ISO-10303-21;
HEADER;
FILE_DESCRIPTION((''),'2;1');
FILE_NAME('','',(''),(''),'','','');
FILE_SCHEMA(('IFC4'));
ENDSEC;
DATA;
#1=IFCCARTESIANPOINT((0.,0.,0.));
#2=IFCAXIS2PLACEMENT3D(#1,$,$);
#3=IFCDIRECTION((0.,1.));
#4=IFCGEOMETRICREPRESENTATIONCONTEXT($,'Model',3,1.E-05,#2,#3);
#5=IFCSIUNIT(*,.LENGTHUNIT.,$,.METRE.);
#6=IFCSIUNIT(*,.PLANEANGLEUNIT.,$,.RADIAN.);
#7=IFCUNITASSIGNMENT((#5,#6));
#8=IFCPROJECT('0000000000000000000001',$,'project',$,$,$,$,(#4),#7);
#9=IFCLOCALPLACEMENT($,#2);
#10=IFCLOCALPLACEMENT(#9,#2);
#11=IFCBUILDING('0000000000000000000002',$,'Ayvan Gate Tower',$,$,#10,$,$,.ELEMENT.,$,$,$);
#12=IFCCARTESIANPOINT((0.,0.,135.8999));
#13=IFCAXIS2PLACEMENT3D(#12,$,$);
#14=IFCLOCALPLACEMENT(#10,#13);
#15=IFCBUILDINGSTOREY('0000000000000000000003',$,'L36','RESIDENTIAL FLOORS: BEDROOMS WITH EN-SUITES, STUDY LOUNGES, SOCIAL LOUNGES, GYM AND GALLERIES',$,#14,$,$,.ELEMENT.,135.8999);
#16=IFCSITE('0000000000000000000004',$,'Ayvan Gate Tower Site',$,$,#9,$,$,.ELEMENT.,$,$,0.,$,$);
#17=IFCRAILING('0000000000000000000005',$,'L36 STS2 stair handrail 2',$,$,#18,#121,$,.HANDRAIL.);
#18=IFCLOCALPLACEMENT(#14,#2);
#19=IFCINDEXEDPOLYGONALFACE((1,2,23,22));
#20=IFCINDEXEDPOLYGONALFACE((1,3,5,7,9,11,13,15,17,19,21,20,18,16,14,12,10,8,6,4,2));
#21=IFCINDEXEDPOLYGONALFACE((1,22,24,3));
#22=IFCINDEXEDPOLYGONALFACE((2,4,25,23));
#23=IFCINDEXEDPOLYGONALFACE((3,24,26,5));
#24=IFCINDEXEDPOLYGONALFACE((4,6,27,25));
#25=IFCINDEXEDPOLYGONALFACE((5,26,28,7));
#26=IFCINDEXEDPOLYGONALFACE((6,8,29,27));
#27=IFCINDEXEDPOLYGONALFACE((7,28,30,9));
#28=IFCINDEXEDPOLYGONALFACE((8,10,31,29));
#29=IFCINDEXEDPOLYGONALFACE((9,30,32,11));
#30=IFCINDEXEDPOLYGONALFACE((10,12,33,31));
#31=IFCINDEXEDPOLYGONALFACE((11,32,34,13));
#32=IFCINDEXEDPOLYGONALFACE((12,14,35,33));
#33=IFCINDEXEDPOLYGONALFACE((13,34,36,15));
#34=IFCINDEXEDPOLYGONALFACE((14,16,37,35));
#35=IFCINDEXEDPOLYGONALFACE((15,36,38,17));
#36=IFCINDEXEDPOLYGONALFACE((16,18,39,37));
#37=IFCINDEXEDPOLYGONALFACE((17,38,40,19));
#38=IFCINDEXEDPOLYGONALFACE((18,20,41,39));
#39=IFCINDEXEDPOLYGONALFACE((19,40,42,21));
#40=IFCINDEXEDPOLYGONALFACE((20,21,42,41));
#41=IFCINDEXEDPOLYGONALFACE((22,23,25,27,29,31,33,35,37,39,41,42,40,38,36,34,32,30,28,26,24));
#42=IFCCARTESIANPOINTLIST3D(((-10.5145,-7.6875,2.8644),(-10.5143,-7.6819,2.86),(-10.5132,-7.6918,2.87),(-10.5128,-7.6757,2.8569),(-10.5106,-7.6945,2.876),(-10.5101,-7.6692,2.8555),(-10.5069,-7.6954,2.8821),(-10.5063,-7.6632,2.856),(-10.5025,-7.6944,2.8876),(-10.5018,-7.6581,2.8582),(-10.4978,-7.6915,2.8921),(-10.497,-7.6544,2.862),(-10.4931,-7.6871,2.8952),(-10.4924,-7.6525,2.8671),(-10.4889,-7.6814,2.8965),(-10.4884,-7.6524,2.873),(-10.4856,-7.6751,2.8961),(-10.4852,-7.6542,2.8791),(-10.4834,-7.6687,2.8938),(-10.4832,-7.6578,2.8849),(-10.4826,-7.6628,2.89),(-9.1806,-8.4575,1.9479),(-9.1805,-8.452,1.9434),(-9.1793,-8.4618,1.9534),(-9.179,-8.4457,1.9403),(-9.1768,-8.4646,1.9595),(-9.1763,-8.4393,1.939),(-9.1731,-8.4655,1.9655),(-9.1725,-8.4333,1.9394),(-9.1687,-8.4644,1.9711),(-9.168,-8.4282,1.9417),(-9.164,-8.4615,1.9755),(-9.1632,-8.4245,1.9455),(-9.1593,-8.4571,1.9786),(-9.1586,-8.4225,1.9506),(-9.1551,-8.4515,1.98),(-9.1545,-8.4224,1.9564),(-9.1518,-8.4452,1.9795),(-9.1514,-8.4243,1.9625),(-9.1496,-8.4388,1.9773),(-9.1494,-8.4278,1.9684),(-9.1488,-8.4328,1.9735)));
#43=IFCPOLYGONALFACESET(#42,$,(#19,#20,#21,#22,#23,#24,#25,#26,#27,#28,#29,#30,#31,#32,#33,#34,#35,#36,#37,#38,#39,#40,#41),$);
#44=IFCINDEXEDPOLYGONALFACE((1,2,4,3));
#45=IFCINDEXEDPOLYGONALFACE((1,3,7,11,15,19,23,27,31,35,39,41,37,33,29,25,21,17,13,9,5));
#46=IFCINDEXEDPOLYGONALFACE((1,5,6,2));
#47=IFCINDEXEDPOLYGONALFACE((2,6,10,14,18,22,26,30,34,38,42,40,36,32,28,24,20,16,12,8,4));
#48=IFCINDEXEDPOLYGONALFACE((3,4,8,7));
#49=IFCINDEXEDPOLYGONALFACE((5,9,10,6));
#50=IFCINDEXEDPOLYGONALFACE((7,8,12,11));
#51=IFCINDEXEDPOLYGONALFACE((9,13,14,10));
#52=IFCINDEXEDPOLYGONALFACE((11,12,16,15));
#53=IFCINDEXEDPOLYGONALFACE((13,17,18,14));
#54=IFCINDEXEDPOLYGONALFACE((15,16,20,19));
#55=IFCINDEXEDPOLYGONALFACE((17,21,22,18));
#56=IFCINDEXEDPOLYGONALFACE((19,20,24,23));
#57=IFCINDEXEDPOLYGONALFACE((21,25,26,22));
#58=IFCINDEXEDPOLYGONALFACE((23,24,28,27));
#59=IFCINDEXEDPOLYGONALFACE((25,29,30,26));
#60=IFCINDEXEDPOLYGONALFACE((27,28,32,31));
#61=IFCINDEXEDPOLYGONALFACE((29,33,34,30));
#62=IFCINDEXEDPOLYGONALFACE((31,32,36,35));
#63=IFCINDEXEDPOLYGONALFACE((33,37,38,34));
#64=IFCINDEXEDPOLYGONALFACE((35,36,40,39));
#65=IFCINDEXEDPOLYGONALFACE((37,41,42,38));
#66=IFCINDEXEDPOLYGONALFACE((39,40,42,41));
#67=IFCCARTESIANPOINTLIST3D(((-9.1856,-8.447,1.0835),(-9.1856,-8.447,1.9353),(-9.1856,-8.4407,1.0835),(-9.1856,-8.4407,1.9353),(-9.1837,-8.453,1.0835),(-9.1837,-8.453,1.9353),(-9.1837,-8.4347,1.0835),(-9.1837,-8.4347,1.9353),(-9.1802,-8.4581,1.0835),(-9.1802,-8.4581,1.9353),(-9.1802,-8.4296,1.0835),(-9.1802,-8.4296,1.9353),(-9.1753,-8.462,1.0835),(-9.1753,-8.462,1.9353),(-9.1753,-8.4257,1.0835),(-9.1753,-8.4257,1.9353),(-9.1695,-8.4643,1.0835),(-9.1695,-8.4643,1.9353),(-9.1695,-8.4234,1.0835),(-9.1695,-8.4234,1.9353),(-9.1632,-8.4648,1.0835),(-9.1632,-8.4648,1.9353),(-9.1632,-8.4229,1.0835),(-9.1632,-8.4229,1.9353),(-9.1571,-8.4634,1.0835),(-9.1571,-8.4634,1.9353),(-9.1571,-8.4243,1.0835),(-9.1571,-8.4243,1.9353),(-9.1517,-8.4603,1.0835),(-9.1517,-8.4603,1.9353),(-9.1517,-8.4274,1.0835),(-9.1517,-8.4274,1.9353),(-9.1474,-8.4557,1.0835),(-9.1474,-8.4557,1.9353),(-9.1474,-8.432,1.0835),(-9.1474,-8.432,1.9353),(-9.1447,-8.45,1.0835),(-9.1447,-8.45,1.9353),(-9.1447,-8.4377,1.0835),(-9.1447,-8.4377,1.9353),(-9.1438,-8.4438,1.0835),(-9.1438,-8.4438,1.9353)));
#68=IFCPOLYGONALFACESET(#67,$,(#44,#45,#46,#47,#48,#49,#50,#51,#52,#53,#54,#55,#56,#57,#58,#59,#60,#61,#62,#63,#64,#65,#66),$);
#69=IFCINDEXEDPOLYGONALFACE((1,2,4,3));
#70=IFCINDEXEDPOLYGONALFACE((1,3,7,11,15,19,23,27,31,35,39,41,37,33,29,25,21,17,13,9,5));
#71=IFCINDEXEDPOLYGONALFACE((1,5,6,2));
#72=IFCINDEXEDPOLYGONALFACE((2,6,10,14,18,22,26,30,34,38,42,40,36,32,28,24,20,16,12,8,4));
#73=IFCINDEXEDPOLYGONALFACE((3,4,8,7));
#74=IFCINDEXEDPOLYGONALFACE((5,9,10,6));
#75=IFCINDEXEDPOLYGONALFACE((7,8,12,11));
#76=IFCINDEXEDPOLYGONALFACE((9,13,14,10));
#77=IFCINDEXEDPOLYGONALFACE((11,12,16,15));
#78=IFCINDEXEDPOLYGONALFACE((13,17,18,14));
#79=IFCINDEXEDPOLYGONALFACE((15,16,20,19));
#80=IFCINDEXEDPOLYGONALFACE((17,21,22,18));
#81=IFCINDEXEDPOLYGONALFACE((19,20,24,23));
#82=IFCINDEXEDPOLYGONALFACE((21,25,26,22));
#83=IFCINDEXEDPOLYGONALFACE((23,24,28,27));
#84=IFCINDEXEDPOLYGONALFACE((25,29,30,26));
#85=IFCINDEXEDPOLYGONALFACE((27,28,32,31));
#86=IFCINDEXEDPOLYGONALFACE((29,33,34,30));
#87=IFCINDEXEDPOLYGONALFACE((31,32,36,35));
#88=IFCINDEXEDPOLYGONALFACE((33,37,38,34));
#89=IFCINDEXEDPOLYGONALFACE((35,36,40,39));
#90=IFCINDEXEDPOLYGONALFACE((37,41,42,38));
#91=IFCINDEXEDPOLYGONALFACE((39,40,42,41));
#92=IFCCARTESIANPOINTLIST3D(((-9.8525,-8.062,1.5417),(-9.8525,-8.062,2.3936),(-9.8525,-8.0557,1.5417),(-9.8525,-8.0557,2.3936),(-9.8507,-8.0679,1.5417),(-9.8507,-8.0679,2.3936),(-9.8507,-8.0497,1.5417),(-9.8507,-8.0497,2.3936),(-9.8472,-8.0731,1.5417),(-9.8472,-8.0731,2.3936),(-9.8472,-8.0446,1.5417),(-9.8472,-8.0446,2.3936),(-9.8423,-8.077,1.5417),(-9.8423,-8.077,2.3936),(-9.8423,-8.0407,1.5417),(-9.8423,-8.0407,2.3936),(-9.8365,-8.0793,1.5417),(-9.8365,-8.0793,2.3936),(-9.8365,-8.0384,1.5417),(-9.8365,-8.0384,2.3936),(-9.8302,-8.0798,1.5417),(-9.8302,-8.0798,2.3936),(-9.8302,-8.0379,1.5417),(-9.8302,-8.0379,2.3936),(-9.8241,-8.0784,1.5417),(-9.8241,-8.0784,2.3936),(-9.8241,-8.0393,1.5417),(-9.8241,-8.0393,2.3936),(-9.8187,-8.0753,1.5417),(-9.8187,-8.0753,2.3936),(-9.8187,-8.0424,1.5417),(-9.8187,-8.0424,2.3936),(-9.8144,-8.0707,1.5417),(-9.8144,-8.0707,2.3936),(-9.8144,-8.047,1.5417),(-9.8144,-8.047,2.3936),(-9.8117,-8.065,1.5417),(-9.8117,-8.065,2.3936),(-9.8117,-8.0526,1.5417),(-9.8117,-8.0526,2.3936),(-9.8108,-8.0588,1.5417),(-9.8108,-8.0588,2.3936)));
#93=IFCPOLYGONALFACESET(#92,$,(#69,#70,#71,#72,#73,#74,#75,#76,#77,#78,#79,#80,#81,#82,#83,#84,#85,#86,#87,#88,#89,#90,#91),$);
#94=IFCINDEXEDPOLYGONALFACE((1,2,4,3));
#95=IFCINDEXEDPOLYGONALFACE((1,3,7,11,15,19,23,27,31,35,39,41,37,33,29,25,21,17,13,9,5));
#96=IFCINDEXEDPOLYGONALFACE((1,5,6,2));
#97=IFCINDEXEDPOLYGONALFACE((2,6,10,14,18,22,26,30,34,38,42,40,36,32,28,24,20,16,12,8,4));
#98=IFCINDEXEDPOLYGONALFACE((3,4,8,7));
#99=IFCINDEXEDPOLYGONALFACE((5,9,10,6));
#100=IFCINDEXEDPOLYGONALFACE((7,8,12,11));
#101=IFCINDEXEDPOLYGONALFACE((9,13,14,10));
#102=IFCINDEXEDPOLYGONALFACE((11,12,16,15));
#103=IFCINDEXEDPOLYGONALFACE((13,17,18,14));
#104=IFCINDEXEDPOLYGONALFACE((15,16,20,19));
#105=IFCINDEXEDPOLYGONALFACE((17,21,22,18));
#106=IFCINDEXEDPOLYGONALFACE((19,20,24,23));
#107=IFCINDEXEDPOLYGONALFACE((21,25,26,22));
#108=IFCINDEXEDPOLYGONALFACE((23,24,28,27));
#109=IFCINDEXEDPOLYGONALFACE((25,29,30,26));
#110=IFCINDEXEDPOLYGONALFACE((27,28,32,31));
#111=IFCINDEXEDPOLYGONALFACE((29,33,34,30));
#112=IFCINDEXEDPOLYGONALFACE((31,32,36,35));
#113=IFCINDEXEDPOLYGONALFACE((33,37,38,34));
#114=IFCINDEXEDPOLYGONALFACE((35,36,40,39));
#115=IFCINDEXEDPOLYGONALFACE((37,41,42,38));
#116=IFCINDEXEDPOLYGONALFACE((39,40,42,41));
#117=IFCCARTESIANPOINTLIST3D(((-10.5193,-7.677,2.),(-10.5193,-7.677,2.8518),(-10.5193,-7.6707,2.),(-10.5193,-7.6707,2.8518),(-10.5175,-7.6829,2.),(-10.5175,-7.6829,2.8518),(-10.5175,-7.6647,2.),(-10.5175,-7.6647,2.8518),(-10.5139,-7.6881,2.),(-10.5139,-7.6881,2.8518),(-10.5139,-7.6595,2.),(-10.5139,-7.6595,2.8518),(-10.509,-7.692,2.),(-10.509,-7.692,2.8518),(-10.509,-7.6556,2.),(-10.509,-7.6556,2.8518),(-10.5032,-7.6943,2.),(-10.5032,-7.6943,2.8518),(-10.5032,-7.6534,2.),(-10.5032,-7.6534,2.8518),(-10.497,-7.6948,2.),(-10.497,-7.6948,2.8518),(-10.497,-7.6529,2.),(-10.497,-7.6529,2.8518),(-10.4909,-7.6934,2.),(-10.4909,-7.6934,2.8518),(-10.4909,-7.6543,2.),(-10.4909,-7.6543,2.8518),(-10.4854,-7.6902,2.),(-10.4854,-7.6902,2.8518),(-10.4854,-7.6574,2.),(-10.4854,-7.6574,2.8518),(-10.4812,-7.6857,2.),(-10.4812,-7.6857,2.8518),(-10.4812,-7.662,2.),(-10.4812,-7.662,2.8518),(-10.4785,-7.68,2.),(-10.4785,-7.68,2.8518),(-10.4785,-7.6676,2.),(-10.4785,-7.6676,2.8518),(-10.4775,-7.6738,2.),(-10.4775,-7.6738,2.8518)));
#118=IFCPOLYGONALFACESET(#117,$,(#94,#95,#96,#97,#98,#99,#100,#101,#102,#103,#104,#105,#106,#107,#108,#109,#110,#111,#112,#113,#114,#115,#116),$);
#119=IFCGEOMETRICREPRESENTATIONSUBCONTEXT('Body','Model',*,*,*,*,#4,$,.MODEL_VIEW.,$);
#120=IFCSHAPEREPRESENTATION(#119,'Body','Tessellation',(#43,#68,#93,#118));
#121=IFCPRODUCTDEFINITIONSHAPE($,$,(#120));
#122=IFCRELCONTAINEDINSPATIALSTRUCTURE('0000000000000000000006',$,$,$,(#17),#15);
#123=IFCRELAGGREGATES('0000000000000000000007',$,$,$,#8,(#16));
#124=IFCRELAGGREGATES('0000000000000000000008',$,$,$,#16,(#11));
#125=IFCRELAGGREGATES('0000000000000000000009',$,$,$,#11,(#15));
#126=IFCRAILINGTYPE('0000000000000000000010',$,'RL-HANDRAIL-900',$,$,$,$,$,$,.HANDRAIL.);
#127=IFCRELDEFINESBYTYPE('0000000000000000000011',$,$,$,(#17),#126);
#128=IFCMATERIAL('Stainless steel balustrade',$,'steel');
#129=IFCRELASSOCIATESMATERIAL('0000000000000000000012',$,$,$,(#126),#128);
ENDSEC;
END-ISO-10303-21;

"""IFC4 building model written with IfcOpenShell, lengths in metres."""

from ifc_helpers import new_model, si_unit, direction, frame, origin, origin_2d, place, context, subcontext, project, spatial, circle, extrude, material, type_object, element, save


model = new_model("IFC4")

# Units and contexts
model_context = context("Model", 3, precision=1e-05, world=origin(), true_north=direction((0.0, 1.0)))
body_context = subcontext(model_context, "Body", "Model", "MODEL_VIEW")
ifc_project = project(units=[si_unit("LENGTHUNIT", "METRE"), si_unit("PLANEANGLEUNIT", "RADIAN")], contexts=[model_context])

# Site, building, storey
site_placement = place(None, origin())
site = spatial("IfcSite", under=ifc_project, at=site_placement, Name="Ayvan Gate Tower Site", CompositionType="ELEMENT", RefElevation=0.0)
building_placement = place(site_placement, origin())
building = spatial("IfcBuilding", under=site, at=building_placement, Name="Ayvan Gate Tower", CompositionType="ELEMENT")
storey_placement = place(building_placement, frame((0.0, 0.0, 135.8999)))
storey = spatial("IfcBuildingStorey", under=building, at=storey_placement, Name="L36", Description="RESIDENTIAL FLOORS: BEDROOMS WITH EN-SUITES, STUDY LOUNGES, SOCIAL LOUNGES, GYM AND GALLERIES", CompositionType="ELEMENT", Elevation=135.8999)

# Railing
ifc_material_1 = material(Name="Stainless steel balustrade", Category="steel")
railing_type_1 = type_object("IfcRailingType", Name="RL-HANDRAIL-900", PredefinedType="HANDRAIL", material=ifc_material_1)
railing_1_placement = place(storey_placement, frame((-9.1648, -8.4438, 1.0835)))
element("IfcRailing", 1, at=railing_1_placement, inside=storey, type_object=railing_type_1, Name="L36 STS2 stair handrail 2", PredefinedType="HANDRAIL", context=body_context, shape_type="SweptSolid", body=[
    extrude(circle(Radius=0.0239, at=origin_2d()), frame((0.0, 0.0, 0.876), z_axis=(-0.744216, 0.429664, 0.511401), x_axis=(-0.499992, -0.86603, 0.0)), (0.0, 0.0, 1.0), 1.7922),
    extrude(circle(Radius=0.021, at=origin_2d()), origin(), (0.0, 0.0, 1.0), 0.8518),
    extrude(circle(Radius=0.021, at=origin_2d()), frame((-0.667, 0.385, 0.4583)), (0.0, 0.0, 1.0), 0.8518),
    extrude(circle(Radius=0.021, at=origin_2d()), frame((-1.3337, 0.77, 0.9165)), (0.0, 0.0, 1.0), 0.8518),
])

save(model, "model.ifc")
